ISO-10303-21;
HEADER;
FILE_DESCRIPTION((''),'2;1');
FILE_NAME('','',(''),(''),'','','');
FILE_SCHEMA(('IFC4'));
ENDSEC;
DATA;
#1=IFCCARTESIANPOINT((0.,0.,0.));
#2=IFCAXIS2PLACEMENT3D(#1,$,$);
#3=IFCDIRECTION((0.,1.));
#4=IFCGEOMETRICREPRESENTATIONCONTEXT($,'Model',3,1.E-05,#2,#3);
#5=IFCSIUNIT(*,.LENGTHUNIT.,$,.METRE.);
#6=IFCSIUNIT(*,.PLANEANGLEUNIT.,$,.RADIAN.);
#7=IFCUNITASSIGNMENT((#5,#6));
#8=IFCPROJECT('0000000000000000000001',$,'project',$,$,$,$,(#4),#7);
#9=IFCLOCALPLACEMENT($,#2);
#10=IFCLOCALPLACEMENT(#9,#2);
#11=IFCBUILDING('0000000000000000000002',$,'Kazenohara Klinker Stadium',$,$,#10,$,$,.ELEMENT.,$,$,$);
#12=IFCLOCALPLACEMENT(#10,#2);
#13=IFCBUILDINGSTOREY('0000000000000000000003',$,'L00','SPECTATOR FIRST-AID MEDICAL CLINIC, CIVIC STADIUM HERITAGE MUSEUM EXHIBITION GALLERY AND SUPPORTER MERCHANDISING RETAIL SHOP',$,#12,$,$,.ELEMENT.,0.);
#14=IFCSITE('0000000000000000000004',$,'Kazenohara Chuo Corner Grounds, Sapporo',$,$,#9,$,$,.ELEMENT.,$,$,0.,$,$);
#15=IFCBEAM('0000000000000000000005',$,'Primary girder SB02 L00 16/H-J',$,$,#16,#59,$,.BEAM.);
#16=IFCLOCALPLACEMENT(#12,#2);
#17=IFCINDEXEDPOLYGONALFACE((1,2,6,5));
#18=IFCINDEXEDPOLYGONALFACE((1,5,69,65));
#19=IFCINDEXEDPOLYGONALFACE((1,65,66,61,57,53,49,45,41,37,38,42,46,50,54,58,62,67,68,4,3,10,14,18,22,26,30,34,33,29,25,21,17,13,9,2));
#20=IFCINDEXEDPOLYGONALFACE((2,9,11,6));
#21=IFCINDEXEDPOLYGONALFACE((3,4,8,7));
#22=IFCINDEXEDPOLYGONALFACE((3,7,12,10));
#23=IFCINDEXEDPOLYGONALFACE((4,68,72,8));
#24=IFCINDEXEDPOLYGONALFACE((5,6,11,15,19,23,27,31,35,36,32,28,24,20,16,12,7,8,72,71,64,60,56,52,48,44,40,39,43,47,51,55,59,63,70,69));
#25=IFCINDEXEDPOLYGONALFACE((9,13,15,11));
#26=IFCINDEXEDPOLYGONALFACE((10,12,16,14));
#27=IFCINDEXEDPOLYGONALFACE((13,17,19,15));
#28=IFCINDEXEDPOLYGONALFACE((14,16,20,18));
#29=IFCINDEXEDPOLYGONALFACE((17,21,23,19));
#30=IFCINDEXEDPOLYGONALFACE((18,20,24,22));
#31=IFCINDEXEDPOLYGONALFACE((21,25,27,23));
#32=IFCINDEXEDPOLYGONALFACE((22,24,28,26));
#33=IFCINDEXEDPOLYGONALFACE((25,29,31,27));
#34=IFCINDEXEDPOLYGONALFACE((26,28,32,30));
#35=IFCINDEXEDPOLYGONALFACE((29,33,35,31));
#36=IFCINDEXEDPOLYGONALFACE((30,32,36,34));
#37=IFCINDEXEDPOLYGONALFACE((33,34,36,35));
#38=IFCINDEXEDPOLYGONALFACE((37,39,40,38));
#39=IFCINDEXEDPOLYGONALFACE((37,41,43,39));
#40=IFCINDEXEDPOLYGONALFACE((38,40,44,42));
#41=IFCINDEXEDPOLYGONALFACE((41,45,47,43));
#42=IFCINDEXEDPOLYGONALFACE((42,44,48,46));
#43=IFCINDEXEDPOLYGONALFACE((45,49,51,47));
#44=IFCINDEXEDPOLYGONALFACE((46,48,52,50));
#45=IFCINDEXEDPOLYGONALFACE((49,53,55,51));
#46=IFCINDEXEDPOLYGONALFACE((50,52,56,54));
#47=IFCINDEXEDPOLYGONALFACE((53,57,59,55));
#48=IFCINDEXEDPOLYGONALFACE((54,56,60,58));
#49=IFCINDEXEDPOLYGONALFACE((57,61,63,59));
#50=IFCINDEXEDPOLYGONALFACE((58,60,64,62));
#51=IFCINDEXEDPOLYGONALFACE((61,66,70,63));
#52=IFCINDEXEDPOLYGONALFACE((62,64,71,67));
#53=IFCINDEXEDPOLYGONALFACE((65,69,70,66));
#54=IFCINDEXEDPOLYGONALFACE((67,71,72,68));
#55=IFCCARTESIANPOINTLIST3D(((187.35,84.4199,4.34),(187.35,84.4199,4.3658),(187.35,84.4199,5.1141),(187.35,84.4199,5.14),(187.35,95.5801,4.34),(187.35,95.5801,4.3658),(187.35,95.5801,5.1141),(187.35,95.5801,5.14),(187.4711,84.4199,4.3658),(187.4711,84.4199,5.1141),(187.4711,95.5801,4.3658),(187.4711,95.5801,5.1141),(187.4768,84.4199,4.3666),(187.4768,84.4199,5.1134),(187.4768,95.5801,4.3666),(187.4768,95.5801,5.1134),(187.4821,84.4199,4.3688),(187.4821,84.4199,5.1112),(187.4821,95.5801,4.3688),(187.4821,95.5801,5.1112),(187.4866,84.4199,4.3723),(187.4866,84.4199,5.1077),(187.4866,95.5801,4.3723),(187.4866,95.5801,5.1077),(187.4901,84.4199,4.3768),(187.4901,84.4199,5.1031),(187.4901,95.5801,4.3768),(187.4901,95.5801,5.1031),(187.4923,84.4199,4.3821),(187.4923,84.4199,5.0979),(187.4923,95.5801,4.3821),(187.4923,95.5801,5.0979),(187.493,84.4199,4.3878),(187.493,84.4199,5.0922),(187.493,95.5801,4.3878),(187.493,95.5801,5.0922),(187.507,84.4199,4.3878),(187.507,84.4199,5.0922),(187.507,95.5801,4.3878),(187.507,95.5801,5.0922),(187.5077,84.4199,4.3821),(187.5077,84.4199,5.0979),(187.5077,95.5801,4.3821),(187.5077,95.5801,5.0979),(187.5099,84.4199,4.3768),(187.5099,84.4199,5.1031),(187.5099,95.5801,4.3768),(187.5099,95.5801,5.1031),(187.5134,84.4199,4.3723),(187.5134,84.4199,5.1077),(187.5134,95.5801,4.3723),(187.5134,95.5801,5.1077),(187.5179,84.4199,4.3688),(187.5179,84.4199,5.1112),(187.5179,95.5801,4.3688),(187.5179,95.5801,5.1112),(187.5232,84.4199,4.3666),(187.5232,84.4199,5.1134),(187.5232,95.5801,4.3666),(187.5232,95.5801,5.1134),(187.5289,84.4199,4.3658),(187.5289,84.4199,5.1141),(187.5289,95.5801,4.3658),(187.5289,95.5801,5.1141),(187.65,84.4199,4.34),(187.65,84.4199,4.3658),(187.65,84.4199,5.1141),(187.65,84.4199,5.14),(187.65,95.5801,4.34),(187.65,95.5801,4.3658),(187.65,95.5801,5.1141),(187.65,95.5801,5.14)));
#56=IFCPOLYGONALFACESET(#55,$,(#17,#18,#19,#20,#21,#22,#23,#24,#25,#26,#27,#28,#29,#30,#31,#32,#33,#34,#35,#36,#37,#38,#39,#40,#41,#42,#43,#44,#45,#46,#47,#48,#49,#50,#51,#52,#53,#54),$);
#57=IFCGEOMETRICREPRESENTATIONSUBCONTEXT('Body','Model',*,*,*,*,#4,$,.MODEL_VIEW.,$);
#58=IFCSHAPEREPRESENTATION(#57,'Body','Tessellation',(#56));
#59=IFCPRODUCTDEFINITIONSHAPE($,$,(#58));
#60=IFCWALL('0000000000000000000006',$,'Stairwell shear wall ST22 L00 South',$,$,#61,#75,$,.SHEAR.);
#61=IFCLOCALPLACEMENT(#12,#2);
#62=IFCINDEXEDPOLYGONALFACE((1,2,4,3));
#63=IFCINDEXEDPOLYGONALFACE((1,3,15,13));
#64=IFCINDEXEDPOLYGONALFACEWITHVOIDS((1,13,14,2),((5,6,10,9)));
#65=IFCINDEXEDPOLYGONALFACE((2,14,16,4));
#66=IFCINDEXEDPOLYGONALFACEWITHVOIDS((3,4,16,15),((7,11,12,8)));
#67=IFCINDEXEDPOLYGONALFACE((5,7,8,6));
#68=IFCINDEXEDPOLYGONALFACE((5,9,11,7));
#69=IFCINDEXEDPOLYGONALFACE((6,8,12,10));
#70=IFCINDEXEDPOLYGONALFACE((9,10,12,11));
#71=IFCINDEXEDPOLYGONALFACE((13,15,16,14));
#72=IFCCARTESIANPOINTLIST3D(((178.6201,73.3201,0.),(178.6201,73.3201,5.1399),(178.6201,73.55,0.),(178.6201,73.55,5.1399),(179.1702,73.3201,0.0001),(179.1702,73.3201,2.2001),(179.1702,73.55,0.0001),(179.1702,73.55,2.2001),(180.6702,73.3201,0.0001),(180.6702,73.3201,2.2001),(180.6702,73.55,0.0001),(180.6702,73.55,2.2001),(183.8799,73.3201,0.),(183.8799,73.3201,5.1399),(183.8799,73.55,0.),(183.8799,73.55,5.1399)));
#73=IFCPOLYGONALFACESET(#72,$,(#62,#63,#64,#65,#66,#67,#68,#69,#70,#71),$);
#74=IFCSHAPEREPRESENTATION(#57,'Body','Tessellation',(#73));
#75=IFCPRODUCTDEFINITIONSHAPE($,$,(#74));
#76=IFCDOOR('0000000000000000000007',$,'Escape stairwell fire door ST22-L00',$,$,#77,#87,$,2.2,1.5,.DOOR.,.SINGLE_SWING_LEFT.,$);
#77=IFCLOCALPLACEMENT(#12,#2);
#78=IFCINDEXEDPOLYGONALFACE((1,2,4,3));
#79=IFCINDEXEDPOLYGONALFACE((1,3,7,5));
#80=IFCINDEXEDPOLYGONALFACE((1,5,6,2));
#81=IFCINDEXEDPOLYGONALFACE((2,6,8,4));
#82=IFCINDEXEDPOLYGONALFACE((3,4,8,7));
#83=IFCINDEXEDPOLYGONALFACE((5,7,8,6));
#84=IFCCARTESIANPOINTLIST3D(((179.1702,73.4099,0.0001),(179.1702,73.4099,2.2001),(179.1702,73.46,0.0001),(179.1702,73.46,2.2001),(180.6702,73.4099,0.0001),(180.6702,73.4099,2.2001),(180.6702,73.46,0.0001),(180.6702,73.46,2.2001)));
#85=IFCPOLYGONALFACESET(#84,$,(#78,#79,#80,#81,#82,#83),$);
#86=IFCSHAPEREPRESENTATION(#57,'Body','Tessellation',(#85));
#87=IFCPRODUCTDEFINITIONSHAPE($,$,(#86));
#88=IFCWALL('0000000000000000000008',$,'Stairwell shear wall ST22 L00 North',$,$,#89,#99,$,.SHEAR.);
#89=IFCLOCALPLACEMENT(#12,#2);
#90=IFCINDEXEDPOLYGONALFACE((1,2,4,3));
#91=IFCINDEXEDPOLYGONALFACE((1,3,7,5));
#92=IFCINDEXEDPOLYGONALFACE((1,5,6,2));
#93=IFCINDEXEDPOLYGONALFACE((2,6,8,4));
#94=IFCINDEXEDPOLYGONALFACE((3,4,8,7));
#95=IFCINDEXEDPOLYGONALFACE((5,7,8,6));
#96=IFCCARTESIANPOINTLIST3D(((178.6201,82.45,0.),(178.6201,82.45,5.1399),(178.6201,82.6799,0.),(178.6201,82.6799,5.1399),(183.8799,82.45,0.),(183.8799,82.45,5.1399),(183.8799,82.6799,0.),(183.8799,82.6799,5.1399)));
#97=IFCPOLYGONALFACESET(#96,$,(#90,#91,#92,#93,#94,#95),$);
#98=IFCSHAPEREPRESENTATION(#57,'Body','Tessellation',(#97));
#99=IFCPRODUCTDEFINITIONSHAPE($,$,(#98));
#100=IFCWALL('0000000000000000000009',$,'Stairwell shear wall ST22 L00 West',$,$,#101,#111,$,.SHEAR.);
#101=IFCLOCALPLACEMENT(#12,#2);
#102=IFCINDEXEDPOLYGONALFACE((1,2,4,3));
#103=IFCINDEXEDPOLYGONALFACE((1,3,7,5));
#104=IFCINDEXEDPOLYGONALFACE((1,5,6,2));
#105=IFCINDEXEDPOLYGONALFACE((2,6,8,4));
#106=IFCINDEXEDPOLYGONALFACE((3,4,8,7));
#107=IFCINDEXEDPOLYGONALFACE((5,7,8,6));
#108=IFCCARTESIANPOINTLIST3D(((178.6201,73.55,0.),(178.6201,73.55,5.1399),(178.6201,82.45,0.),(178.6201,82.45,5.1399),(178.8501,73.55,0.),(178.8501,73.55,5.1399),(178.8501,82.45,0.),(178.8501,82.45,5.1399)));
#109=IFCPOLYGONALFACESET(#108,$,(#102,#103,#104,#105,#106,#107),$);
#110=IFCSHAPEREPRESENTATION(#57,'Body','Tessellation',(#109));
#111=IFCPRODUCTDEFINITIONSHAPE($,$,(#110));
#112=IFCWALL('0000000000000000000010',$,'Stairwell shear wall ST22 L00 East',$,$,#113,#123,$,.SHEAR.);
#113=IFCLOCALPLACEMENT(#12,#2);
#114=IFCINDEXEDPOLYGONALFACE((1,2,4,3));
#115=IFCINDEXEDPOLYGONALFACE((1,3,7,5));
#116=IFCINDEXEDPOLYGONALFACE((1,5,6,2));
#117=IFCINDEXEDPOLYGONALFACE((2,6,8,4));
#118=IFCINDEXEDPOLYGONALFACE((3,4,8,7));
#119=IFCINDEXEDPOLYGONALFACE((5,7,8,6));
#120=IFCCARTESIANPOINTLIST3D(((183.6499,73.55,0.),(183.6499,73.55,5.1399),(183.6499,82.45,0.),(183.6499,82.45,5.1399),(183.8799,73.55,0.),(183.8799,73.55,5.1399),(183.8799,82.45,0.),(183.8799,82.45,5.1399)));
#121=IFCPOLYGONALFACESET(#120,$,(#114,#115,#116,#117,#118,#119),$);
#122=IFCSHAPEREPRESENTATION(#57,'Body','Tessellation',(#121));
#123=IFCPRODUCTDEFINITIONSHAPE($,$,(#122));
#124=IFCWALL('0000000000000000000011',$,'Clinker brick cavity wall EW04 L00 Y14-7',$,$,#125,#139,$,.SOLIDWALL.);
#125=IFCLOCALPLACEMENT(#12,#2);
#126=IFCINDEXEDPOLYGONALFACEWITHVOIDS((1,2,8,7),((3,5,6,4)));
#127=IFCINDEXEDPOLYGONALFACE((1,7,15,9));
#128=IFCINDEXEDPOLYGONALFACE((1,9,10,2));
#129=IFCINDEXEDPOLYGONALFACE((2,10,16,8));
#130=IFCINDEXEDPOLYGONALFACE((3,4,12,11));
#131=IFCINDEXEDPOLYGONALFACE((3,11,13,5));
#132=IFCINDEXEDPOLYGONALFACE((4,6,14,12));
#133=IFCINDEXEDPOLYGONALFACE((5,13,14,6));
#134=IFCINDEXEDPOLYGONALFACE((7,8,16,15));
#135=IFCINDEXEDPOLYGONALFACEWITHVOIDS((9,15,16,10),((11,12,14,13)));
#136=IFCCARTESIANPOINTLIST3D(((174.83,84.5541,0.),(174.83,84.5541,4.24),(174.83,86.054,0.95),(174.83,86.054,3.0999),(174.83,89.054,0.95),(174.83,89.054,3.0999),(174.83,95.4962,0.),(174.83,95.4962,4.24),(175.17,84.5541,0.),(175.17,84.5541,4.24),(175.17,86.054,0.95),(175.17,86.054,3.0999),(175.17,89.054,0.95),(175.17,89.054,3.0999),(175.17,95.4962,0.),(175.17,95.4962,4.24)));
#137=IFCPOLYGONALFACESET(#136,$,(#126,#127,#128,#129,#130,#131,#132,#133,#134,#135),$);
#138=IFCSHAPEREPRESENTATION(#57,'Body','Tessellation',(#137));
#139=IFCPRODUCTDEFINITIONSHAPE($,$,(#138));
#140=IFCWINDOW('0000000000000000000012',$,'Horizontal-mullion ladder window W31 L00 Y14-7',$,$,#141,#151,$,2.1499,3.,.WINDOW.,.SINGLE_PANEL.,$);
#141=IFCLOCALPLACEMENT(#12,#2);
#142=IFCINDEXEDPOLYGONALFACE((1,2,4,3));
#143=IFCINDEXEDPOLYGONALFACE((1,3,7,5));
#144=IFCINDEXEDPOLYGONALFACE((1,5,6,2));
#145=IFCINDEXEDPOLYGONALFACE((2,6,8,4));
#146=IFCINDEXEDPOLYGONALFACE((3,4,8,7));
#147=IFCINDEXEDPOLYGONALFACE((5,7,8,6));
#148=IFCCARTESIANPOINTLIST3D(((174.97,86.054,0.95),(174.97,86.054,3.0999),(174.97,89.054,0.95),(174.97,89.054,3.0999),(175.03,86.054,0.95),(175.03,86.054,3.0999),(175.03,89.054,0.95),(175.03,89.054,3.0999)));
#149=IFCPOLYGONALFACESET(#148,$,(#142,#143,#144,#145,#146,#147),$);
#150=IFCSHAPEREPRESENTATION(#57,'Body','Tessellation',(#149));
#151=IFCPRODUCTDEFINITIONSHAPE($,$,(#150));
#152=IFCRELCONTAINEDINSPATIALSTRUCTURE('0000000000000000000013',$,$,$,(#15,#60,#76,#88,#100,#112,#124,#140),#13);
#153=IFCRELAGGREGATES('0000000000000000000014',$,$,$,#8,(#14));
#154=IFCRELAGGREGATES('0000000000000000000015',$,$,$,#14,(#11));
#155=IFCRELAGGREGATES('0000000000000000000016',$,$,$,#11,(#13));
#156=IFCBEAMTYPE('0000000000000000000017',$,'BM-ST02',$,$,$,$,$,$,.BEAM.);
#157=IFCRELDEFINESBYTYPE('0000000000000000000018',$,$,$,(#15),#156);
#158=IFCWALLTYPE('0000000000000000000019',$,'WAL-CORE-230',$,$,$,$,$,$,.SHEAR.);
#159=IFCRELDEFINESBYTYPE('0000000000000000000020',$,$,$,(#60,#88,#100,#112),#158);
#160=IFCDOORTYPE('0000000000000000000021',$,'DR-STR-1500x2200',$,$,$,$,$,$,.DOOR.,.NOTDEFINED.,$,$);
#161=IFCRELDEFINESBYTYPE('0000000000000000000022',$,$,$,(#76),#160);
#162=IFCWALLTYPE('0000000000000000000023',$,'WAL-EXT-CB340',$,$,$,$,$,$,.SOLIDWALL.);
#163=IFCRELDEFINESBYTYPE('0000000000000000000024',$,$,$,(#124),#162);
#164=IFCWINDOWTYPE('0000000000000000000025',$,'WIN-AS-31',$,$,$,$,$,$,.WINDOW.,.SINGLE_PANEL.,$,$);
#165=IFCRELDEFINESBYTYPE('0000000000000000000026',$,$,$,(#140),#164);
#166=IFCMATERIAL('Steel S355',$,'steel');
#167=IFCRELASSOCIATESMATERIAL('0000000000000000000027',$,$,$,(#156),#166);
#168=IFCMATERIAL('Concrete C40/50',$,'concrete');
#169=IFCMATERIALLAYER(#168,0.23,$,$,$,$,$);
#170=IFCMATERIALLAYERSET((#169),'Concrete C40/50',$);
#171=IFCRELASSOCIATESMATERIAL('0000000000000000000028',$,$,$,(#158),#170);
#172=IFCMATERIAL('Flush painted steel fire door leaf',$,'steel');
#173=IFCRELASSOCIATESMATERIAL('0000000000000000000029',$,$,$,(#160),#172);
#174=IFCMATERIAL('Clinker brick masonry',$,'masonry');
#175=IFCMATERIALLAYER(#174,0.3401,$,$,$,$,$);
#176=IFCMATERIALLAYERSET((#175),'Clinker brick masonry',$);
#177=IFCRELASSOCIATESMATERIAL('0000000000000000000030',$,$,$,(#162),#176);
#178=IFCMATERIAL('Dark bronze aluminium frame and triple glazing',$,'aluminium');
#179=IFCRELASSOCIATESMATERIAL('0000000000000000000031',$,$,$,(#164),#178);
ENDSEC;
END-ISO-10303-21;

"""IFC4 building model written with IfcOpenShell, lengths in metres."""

from ifc_helpers import new_model, si_unit, direction, frame, frame_2d, origin, origin_2d, place, context, subcontext, project, spatial, rectangle, i_section, extrude, material, layer, layer_set, material_profile, profile_set, type_object, element, fill, save


model = new_model("IFC4")

# Units and contexts
model_context = context("Model", 3, precision=1e-05, world=origin(), true_north=direction((0.0, 1.0)))
body_context = subcontext(model_context, "Body", "Model", "MODEL_VIEW")
ifc_project = project(units=[si_unit("LENGTHUNIT", "METRE"), si_unit("PLANEANGLEUNIT", "RADIAN")], contexts=[model_context])

# Site, building, storey
site_placement = place(None, origin())
site = spatial("IfcSite", under=ifc_project, at=site_placement, Name="Kazenohara Chuo Corner Grounds, Sapporo", CompositionType="ELEMENT", RefElevation=0.0)
building_placement = place(site_placement, origin())
building = spatial("IfcBuilding", under=site, at=building_placement, Name="Kazenohara Klinker Stadium", CompositionType="ELEMENT")
storey_placement = place(building_placement, origin())
storey = spatial("IfcBuildingStorey", under=building, at=storey_placement, Name="L00", Description="SPECTATOR FIRST-AID MEDICAL CLINIC, CIVIC STADIUM HERITAGE MUSEUM EXHIBITION GALLERY AND SUPPORTER MERCHANDISING RETAIL SHOP", CompositionType="ELEMENT", Elevation=0.0)

# Shared definitions
ifc_material_1 = material(Name="Concrete C40/50", Category="concrete")

# Beam
ifc_material_2 = material(Name="Steel S355", Category="steel")
ifc_material_profile_1 = material_profile(ifc_material_2, i_section(OverallWidth=0.3, OverallDepth=0.8, WebThickness=0.0139, FlangeThickness=0.0259, FilletRadius=0.022, at=origin_2d()), Name="H-800x300x14x26")
ifc_profile_set_1 = profile_set([ifc_material_profile_1], Name="Steel S355")
beam_type_1 = type_object("IfcBeamType", Name="BM-ST02", PredefinedType="BEAM", material=ifc_profile_set_1)
beam_1_placement = place(storey_placement, frame((187.5, 84.4199, 4.74), z_axis=(0.0, 1.0, 0.0), x_axis=(-1.0, 0.0, 0.0)))
element("IfcBeam", 1, at=beam_1_placement, inside=storey, type_object=beam_type_1, Name="Primary girder SB02 L00 16/H-J", PredefinedType="BEAM", context=body_context, shape_type="SweptSolid", body=[
    extrude(i_section(OverallWidth=0.3, OverallDepth=0.8, WebThickness=0.0139, FlangeThickness=0.0259, FilletRadius=0.022, at=origin_2d()), origin(), (0.0, 0.0, 1.0), 11.1602),
])

# Wall, opening, door
ifc_layer_1 = layer(ifc_material_1, 0.23)
ifc_layer_set_1 = layer_set([ifc_layer_1], Name="Concrete C40/50")
wall_type_1 = type_object("IfcWallType", Name="WAL-CORE-230", PredefinedType="SHEAR", material=ifc_layer_set_1)
wall_1_placement = place(storey_placement, frame((178.6201, 73.4351, 0.0), z_axis=(0.0, 0.0, 1.0), x_axis=(1.0, 0.0, 0.0)))
wall_1 = element("IfcWall", 2, at=wall_1_placement, inside=storey, type_object=wall_type_1, Name="Stairwell shear wall ST22 L00 South", PredefinedType="SHEAR", context=body_context, shape_type="SweptSolid", body=[
    extrude(rectangle(XDim=5.2598, YDim=0.23, at=frame_2d((2.6299, 0.0))), origin(), (0.0, 0.0, 1.0), 5.1399),
])
opening_1_placement = place(wall_1_placement, frame((0.55, 0.0, 0.0)))
opening_1 = element("IfcOpeningElement", 3, at=opening_1_placement, cuts=wall_1, PredefinedType="OPENING", context=body_context, shape_type="SweptSolid", body=[
    extrude(rectangle(XDim=1.5, YDim=2.2, at=frame_2d((0.75, 1.1001))), frame((0.0, 0.125, 0.0), z_axis=(0.0, -1.0, 0.0), x_axis=(1.0, 0.0, 0.0)), (0.0, 0.0, 1.0), 0.25),
])
ifc_material_3 = material(Name="Flush painted steel fire door leaf", Category="steel")
door_type_1 = type_object("IfcDoorType", Name="DR-STR-1500x2200", OperationType="NOTDEFINED", PredefinedType="DOOR", material=ifc_material_3)
door_1_placement = place(opening_1_placement, origin())
door_1 = element("IfcDoor", 4, at=door_1_placement, inside=storey, type_object=door_type_1, Name="Escape stairwell fire door ST22-L00", OperationType="SINGLE_SWING_LEFT", OverallHeight=2.2, OverallWidth=1.5, PredefinedType="DOOR", context=body_context, shape_type="SweptSolid", body=[
    extrude(rectangle(XDim=1.5, YDim=2.2, at=frame_2d((0.75, 1.1001))), frame((0.0, 0.0249, 0.0), z_axis=(0.0, -1.0, 0.0), x_axis=(1.0, 0.0, 0.0)), (0.0, 0.0, 1.0), 0.05),
])
fill(opening_1, door_1)

# Walls
wall_2_placement = place(storey_placement, frame((178.6201, 82.5649, 0.0), z_axis=(0.0, 0.0, 1.0), x_axis=(1.0, 0.0, 0.0)))
element("IfcWall", 5, at=wall_2_placement, inside=storey, type_object=wall_type_1, Name="Stairwell shear wall ST22 L00 North", PredefinedType="SHEAR", context=body_context, shape_type="SweptSolid", body=[
    extrude(rectangle(XDim=5.2598, YDim=0.23, at=frame_2d((2.6299, 0.0))), origin(), (0.0, 0.0, 1.0), 5.1399),
])
for number, where, z_axis, x_axis, name in (
    (6, (178.7351, 73.55, 0.0), (0.0, 0.0, 1.0), (0.0, 1.0, 0.0), "Stairwell shear wall ST22 L00 West"),
    (7, (183.7649, 73.55, 0.0), (0.0, 0.0, 1.0), (0.0, 1.0, 0.0), "Stairwell shear wall ST22 L00 East"),
):
    element("IfcWall", number, at=place(storey_placement, frame(where, z_axis=z_axis, x_axis=x_axis)), inside=storey, type_object=wall_type_1, Name=name, PredefinedType="SHEAR", context=body_context, shape_type="SweptSolid", body=[
        extrude(rectangle(XDim=8.8999, YDim=0.23, at=frame_2d((4.45, 0.0))), origin(), (0.0, 0.0, 1.0), 5.1399),
    ])

# Wall, opening, window
ifc_material_4 = material(Name="Clinker brick masonry", Category="masonry")
ifc_layer_2 = layer(ifc_material_4, 0.3401)
ifc_layer_set_2 = layer_set([ifc_layer_2], Name="Clinker brick masonry")
wall_type_2 = type_object("IfcWallType", Name="WAL-EXT-CB340", PredefinedType="SOLIDWALL", material=ifc_layer_set_2)
wall_3_placement = place(storey_placement, frame((175.0, 84.554, 0.0), z_axis=(0.0, 0.0, 1.0), x_axis=(0.0, 1.0, 0.0)))
wall_3 = element("IfcWall", 8, at=wall_3_placement, inside=storey, type_object=wall_type_2, Name="Clinker brick cavity wall EW04 L00 Y14-7", PredefinedType="SOLIDWALL", context=body_context, shape_type="SweptSolid", body=[
    extrude(rectangle(XDim=10.9421, YDim=0.3401, at=frame_2d((5.4712, 0.0))), origin(), (0.0, 0.0, 1.0), 4.24),
])
opening_2_placement = place(wall_3_placement, frame((1.5, 0.0, 0.95)))
opening_2 = element("IfcOpeningElement", 9, at=opening_2_placement, cuts=wall_3, PredefinedType="OPENING", context=body_context, shape_type="SweptSolid", body=[
    extrude(rectangle(XDim=3.0, YDim=2.1499, at=frame_2d((1.5, 1.075))), frame((0.0, 0.1802, 0.0), z_axis=(0.0, -1.0, 0.0), x_axis=(1.0, 0.0, 0.0)), (0.0, 0.0, 1.0), 0.3601),
])
ifc_material_5 = material(Name="Dark bronze aluminium frame and triple glazing", Category="aluminium")
window_type_1 = type_object("IfcWindowType", Name="WIN-AS-31", PartitioningType="SINGLE_PANEL", PredefinedType="WINDOW", material=ifc_material_5)
window_1_placement = place(opening_2_placement, origin())
window_1 = element("IfcWindow", 10, at=window_1_placement, inside=storey, type_object=window_type_1, Name="Horizontal-mullion ladder window W31 L00 Y14-7", OverallHeight=2.1499, OverallWidth=3.0, PartitioningType="SINGLE_PANEL", PredefinedType="WINDOW", context=body_context, shape_type="SweptSolid", body=[
    extrude(rectangle(XDim=3.0, YDim=2.1499, at=frame_2d((1.5, 1.075))), frame((0.0, 0.03, 0.0), z_axis=(0.0, -1.0, 0.0), x_axis=(1.0, 0.0, 0.0)), (0.0, 0.0, 1.0), 0.0601),
])
fill(opening_2, window_1)

save(model, "model.ifc")
